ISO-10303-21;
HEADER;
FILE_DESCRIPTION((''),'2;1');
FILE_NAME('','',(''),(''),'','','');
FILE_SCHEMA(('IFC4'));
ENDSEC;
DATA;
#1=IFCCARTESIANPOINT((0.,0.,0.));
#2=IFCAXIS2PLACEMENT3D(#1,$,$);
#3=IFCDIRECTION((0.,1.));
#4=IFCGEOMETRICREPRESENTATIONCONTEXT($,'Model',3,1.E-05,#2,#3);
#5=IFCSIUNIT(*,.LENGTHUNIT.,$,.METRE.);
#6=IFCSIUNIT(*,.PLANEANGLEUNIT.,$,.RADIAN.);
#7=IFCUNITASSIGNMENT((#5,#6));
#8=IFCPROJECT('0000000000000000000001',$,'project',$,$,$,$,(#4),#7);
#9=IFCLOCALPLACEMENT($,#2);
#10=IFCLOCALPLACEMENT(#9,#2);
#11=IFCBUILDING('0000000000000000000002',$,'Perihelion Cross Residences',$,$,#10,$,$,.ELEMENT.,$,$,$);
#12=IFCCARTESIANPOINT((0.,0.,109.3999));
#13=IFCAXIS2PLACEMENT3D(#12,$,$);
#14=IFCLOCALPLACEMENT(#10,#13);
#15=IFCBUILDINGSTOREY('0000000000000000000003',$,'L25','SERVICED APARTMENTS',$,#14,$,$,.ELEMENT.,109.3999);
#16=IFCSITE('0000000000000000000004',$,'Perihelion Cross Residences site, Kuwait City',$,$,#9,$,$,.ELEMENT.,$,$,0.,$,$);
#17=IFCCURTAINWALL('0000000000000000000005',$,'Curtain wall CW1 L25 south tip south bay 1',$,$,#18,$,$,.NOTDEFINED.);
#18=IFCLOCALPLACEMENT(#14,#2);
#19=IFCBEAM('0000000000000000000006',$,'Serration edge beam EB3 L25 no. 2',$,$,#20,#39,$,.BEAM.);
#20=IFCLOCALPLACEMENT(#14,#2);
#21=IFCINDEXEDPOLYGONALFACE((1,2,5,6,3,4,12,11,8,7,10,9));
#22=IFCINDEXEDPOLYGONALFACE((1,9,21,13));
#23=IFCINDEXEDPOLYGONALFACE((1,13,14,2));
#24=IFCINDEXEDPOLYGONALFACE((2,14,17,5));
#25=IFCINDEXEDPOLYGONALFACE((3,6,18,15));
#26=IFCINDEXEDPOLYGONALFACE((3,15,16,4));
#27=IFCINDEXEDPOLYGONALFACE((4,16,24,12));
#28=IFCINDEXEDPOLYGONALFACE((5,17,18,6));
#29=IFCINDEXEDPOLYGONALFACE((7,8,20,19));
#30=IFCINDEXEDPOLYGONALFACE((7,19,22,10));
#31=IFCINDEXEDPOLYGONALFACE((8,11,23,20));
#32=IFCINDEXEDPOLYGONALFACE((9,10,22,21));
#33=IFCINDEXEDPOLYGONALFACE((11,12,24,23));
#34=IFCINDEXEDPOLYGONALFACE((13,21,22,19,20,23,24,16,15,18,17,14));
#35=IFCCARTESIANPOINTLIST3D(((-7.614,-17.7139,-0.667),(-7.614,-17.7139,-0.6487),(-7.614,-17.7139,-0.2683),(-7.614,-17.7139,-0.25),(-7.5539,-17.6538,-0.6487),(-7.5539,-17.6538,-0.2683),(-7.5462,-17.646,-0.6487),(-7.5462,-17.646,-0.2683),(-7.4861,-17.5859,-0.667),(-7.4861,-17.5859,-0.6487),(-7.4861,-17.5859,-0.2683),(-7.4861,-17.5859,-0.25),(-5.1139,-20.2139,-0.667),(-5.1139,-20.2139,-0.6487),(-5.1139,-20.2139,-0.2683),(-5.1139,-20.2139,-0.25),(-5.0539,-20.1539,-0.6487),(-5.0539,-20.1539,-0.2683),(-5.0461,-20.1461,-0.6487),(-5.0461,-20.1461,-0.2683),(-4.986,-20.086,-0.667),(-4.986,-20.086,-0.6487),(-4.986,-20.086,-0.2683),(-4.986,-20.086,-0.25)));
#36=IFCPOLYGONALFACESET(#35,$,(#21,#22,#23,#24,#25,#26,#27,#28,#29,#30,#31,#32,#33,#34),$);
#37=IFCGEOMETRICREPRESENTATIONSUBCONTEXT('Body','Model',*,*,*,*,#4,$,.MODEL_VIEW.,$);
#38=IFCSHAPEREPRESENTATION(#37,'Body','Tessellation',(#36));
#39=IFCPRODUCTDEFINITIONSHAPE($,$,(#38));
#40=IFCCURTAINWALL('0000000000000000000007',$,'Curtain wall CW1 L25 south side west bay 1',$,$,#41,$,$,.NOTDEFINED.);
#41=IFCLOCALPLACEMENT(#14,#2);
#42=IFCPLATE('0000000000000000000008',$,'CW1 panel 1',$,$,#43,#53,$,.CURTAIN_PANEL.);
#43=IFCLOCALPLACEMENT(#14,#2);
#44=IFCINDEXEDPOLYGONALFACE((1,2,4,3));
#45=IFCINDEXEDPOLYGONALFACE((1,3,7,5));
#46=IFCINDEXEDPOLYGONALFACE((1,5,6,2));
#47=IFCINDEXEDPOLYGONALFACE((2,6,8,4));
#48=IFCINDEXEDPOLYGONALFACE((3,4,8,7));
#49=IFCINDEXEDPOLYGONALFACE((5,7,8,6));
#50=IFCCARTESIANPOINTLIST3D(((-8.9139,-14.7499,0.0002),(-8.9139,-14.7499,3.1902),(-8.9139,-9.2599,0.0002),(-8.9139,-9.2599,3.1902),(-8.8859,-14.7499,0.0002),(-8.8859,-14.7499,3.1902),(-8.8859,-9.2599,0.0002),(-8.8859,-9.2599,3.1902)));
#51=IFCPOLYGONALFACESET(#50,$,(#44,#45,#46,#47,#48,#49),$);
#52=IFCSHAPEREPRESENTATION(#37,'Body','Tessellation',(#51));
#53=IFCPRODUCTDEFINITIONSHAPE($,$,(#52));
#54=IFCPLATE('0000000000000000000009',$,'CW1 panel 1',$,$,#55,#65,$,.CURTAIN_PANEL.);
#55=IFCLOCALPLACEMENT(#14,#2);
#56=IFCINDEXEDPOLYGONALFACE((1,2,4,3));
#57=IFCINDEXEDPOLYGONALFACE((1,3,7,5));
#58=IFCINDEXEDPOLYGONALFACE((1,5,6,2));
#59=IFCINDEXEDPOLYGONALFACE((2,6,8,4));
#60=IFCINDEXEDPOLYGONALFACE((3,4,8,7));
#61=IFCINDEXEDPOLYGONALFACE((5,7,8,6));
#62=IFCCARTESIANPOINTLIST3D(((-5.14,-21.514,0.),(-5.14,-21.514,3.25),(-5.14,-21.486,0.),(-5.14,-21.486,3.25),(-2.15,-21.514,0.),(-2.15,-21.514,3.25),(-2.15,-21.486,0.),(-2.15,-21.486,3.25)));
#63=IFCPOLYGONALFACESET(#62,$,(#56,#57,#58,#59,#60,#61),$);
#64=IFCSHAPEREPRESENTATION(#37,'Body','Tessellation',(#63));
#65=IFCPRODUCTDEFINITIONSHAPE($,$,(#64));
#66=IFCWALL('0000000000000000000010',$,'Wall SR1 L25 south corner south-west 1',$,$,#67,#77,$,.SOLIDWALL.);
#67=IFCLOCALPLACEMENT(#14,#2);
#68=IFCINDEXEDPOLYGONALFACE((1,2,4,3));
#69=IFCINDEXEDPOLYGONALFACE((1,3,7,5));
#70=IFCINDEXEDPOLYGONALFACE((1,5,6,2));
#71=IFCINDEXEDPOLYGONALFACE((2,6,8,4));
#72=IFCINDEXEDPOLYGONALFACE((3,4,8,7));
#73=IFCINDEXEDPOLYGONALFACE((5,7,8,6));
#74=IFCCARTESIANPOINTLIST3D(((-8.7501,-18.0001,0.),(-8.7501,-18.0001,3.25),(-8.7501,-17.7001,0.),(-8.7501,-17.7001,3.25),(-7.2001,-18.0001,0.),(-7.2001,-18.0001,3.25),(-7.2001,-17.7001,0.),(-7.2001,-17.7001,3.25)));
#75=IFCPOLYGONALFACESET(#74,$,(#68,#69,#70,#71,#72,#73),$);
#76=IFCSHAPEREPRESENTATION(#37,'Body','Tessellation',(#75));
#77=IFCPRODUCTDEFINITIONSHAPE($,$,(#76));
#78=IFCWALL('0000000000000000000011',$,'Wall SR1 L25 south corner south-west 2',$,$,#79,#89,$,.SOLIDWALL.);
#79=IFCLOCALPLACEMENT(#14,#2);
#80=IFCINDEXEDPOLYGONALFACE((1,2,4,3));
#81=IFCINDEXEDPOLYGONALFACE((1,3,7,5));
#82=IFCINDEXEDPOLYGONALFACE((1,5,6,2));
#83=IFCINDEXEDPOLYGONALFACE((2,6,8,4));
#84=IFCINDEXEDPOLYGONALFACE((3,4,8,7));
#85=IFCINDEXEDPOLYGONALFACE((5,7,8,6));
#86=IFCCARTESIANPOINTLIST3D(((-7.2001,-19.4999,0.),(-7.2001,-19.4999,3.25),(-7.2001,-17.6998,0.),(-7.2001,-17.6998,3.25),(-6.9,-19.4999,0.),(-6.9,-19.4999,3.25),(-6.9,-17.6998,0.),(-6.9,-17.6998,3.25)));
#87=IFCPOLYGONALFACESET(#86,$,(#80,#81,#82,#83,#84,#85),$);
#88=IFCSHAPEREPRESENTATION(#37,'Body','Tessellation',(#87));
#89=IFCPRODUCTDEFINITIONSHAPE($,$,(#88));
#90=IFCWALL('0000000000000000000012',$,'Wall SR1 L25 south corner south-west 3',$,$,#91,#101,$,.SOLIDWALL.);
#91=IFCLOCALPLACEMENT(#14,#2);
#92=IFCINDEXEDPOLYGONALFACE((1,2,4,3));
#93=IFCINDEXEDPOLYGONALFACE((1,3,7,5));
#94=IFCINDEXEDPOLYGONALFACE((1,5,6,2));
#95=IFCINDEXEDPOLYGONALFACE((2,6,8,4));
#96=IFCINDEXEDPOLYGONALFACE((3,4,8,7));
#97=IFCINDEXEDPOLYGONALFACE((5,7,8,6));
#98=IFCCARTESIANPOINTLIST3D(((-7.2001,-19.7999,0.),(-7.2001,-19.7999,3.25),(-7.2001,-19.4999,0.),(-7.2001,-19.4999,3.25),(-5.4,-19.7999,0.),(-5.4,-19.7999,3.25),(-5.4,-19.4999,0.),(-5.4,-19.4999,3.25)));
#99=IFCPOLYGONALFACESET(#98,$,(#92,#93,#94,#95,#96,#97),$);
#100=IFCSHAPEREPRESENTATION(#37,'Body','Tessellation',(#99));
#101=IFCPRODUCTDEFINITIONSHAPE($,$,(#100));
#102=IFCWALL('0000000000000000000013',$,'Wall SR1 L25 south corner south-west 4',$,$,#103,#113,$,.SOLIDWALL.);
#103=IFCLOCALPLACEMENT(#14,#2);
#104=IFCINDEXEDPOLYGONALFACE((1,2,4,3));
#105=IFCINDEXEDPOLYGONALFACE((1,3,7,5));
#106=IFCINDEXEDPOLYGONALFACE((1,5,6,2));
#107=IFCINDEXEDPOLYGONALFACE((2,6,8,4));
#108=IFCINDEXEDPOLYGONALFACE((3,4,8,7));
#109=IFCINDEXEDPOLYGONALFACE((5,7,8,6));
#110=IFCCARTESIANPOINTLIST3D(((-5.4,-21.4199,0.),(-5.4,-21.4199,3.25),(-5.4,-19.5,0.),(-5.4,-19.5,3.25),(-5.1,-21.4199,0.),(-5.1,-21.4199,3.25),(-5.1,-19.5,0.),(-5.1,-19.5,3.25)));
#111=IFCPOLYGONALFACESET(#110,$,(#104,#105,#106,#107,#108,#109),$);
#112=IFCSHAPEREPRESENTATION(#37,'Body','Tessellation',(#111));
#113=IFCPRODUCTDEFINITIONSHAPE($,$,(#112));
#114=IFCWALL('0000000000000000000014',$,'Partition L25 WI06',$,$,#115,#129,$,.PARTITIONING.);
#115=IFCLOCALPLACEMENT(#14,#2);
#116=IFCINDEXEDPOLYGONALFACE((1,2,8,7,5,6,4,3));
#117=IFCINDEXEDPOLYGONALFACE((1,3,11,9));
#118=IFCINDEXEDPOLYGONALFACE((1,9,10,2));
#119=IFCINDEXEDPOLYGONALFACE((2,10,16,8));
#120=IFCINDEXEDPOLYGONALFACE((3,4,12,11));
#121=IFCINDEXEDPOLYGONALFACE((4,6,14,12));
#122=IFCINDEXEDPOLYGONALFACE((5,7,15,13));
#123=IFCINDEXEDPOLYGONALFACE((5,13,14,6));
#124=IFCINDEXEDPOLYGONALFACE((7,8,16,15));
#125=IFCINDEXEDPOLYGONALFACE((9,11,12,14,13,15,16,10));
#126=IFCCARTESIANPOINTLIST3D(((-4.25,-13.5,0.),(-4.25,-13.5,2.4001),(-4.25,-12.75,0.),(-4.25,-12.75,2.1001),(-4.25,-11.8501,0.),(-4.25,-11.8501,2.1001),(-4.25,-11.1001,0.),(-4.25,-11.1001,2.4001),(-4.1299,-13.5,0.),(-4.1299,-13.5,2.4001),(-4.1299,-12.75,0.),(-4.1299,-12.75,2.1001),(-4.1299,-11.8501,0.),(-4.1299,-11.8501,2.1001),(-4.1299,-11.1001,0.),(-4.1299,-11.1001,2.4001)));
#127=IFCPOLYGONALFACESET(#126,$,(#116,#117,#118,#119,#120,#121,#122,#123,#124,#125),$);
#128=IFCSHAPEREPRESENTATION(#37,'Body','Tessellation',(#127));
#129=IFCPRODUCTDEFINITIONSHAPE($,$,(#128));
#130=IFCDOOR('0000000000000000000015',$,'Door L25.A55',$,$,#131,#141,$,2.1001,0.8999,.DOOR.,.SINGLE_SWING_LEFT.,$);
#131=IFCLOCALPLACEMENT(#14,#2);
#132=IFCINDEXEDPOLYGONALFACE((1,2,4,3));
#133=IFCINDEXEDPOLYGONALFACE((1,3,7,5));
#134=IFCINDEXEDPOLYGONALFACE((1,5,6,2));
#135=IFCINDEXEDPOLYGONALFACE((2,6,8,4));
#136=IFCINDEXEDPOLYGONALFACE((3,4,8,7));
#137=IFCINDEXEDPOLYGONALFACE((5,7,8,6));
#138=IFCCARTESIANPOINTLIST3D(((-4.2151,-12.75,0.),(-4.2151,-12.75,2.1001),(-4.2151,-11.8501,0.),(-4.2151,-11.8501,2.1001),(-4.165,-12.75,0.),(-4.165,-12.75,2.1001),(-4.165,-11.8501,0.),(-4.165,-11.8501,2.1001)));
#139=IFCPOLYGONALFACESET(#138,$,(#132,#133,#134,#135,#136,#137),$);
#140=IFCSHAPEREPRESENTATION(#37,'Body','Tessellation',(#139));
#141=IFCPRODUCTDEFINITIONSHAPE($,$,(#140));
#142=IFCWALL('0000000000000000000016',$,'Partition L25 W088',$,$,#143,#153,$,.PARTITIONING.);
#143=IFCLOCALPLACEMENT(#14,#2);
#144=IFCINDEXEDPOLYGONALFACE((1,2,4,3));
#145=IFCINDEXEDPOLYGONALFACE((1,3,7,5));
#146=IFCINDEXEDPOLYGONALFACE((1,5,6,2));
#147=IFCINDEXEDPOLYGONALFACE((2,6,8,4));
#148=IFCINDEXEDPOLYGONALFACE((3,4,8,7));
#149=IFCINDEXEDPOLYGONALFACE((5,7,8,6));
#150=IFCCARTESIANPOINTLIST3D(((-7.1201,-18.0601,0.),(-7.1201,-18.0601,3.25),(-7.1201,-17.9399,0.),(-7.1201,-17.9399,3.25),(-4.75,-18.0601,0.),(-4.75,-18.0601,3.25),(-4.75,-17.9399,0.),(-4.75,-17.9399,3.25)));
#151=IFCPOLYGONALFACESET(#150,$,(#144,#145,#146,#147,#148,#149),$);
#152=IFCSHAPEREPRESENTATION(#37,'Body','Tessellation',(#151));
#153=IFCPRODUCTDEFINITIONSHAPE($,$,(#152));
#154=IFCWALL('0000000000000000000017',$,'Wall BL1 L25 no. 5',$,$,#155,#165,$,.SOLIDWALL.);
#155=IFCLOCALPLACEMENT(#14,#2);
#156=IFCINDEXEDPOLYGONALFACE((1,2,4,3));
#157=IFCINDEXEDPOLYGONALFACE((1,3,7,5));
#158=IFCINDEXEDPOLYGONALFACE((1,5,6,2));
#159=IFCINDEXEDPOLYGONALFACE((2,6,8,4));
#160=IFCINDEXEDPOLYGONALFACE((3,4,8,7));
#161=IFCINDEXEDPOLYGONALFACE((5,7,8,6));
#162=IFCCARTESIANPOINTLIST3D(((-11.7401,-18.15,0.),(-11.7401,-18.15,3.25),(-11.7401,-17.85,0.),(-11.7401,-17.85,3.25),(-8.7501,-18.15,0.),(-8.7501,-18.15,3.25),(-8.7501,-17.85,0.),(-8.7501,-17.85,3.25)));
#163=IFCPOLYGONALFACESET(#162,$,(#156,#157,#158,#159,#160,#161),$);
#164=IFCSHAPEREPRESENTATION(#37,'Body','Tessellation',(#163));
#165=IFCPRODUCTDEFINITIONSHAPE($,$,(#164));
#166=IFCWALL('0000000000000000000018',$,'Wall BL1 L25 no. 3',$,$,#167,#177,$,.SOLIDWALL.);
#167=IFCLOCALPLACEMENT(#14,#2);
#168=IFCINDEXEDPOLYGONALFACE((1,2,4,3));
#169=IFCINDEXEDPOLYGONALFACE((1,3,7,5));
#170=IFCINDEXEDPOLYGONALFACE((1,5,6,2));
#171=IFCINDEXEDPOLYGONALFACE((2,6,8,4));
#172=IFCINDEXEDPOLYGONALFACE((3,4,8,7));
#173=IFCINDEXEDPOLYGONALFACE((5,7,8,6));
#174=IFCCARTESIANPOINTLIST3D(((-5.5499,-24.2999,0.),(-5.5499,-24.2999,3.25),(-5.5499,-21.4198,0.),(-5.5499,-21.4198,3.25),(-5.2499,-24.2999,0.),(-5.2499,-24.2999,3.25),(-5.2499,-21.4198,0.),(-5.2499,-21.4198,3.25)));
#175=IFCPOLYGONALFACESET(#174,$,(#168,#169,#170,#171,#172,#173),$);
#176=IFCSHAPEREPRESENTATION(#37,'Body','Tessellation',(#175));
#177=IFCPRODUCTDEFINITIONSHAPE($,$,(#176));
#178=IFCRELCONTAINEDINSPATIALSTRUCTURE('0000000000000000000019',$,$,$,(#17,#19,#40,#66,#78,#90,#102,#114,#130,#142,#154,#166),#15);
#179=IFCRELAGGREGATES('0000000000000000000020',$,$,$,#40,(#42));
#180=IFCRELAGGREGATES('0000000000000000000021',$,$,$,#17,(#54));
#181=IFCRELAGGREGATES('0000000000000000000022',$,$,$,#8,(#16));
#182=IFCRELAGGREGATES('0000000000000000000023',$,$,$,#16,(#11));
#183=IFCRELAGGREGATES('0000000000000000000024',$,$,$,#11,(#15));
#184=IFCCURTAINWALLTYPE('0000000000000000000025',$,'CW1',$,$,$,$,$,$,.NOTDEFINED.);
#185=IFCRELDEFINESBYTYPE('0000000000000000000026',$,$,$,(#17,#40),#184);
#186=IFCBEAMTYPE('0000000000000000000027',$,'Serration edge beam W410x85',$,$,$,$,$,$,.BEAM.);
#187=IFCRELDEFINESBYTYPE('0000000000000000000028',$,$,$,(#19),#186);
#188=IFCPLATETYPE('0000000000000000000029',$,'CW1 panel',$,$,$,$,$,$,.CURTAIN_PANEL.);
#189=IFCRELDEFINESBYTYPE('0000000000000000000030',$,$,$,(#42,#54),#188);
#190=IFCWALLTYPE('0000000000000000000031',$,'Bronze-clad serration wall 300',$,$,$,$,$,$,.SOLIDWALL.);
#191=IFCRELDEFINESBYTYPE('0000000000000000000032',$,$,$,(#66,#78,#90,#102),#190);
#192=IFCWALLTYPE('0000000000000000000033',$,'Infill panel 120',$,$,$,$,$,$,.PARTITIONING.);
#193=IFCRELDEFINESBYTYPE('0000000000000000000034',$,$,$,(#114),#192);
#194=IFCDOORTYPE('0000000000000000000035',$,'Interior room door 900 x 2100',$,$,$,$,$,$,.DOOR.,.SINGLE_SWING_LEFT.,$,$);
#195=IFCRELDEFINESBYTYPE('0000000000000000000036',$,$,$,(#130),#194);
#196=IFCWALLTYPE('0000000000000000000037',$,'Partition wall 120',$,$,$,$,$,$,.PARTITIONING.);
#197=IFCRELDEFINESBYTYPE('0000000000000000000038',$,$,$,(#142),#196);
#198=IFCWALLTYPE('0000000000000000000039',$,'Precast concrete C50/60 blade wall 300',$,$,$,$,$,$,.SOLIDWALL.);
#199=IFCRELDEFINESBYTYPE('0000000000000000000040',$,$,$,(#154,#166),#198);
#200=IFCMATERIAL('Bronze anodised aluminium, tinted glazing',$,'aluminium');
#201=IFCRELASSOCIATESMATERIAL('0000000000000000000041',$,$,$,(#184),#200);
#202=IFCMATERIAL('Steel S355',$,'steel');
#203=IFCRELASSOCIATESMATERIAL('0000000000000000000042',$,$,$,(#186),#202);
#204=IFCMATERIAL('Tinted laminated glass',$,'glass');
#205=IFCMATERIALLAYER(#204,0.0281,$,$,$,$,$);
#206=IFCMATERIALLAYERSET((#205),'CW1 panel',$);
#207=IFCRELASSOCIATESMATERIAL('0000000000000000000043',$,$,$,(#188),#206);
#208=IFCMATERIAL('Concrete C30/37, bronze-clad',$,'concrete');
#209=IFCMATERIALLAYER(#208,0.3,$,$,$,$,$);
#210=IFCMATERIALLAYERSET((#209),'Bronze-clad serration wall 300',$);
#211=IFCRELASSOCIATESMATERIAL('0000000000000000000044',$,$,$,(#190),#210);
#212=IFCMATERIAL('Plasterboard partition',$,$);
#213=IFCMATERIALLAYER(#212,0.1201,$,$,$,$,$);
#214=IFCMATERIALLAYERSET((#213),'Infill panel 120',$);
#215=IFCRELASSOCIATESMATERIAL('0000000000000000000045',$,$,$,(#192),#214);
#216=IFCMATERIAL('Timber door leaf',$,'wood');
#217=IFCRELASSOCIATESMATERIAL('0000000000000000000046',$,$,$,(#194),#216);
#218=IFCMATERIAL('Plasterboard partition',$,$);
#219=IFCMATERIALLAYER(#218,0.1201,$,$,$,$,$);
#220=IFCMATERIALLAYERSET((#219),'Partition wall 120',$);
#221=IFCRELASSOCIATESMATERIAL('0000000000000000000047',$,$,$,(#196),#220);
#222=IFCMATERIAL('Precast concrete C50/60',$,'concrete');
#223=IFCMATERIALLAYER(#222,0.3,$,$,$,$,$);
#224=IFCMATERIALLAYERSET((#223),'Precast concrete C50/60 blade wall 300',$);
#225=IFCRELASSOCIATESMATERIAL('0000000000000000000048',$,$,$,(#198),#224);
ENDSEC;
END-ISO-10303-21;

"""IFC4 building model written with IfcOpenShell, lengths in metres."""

from ifc_helpers import new_model, si_unit, direction, frame, frame_2d, origin, origin_2d, place, context, subcontext, project, spatial, rectangle, i_section, extrude, material, layer, layer_set, material_profile, profile_set, type_object, element, fill, aggregate, save


model = new_model("IFC4")

# Units and contexts
model_context = context("Model", 3, precision=1e-05, world=origin(), true_north=direction((0.0, 1.0)))
body_context = subcontext(model_context, "Body", "Model", "MODEL_VIEW")
ifc_project = project(units=[si_unit("LENGTHUNIT", "METRE"), si_unit("PLANEANGLEUNIT", "RADIAN")], contexts=[model_context])

# Site, building, storey
site_placement = place(None, origin())
site = spatial("IfcSite", under=ifc_project, at=site_placement, Name="Perihelion Cross Residences site, Kuwait City", CompositionType="ELEMENT", RefElevation=0.0)
building_placement = place(site_placement, origin())
building = spatial("IfcBuilding", under=site, at=building_placement, Name="Perihelion Cross Residences", CompositionType="ELEMENT")
storey_placement = place(building_placement, frame((0.0, 0.0, 109.3999)))
storey = spatial("IfcBuildingStorey", under=building, at=storey_placement, Name="L25", Description="SERVICED APARTMENTS", CompositionType="ELEMENT", Elevation=109.3999)

# Curtain wall
ifc_material_1 = material(Name="Bronze anodised aluminium, tinted glazing", Category="aluminium")
curtain_wall_type_1 = type_object("IfcCurtainWallType", Name="CW1", PredefinedType="NOTDEFINED", material=ifc_material_1)
curtain_wall_1_placement = place(storey_placement, origin())
curtain_wall_1 = element("IfcCurtainWall", 1, at=curtain_wall_1_placement, inside=storey, type_object=curtain_wall_type_1, Name="Curtain wall CW1 L25 south tip south bay 1", PredefinedType="NOTDEFINED")

# Beam
ifc_material_2 = material(Name="Steel S355", Category="steel")
ifc_material_profile_1 = material_profile(ifc_material_2, i_section(OverallWidth=0.1809, OverallDepth=0.417, WebThickness=0.011, FlangeThickness=0.0183, at=origin_2d()), Name="W410x85")
ifc_profile_set_1 = profile_set([ifc_material_profile_1], Name="Steel S355")
beam_type_1 = type_object("IfcBeamType", Name="Serration edge beam W410x85", PredefinedType="BEAM", material=ifc_profile_set_1)
beam_1_placement = place(storey_placement, frame((-7.55, -17.6499, -0.4585), z_axis=(0.707107, -0.707107, 0.0), x_axis=(0.707107, 0.707107, 0.0)))
element("IfcBeam", 2, at=beam_1_placement, inside=storey, type_object=beam_type_1, Name="Serration edge beam EB3 L25 no. 2", PredefinedType="BEAM", context=body_context, shape_type="SweptSolid", body=[
    extrude(i_section(OverallWidth=0.1809, OverallDepth=0.417, WebThickness=0.011, FlangeThickness=0.0183, at=origin_2d()), origin(), (0.0, 0.0, 1.0), 3.5356),
])

# Curtain wall, plate
curtain_wall_2_placement = place(storey_placement, origin())
curtain_wall_2 = element("IfcCurtainWall", 3, at=curtain_wall_2_placement, inside=storey, type_object=curtain_wall_type_1, Name="Curtain wall CW1 L25 south side west bay 1", PredefinedType="NOTDEFINED")
ifc_material_3 = material(Name="Tinted laminated glass", Category="glass")
ifc_layer_1 = layer(ifc_material_3, 0.0281)
ifc_layer_set_1 = layer_set([ifc_layer_1], Name="CW1 panel")
plate_type = type_object("IfcPlateType", Name="CW1 panel", PredefinedType="CURTAIN_PANEL", material=ifc_layer_set_1)
plate_1_placement = place(storey_placement, frame((-8.8999, -12.0049, 0.0002), z_axis=(0.0, 0.0, 1.0), x_axis=(0.0, -1.0, 0.0)))
plate_1 = element("IfcPlate", 4, at=plate_1_placement, type_object=plate_type, Name="CW1 panel 1", PredefinedType="CURTAIN_PANEL", context=body_context, shape_type="SweptSolid", body=[
    extrude(rectangle(XDim=5.49, YDim=0.0281, at=origin_2d()), origin(), (0.0, 0.0, 1.0), 3.1899),
])
aggregate(curtain_wall_2, [plate_1])

# Plate
plate_2_placement = place(storey_placement, frame((-3.645, -21.5, 0.0), z_axis=(0.0, 0.0, 1.0), x_axis=(1.0, 0.0, 0.0)))
plate_2 = element("IfcPlate", 5, at=plate_2_placement, type_object=plate_type, Name="CW1 panel 1", PredefinedType="CURTAIN_PANEL", context=body_context, shape_type="SweptSolid", body=[
    extrude(rectangle(XDim=2.99, YDim=0.0281, at=origin_2d()), origin(), (0.0, 0.0, 1.0), 3.25),
])
aggregate(curtain_wall_1, [plate_2])

# Walls
ifc_material_4 = material(Name="Concrete C30/37, bronze-clad", Category="concrete")
ifc_layer_2 = layer(ifc_material_4, 0.3)
ifc_layer_set_2 = layer_set([ifc_layer_2], Name="Bronze-clad serration wall 300")
wall_type_1 = type_object("IfcWallType", Name="Bronze-clad serration wall 300", PredefinedType="SOLIDWALL", material=ifc_layer_set_2)
wall_1_placement = place(storey_placement, frame((-8.75, -17.8501, 0.0), z_axis=(0.0, 0.0, 1.0), x_axis=(1.0, 0.0, 0.0)))
element("IfcWall", 6, at=wall_1_placement, inside=storey, type_object=wall_type_1, Name="Wall SR1 L25 south corner south-west 1", PredefinedType="SOLIDWALL", context=body_context, shape_type="SweptSolid", body=[
    extrude(rectangle(XDim=1.55, YDim=0.3, at=frame_2d((0.7749, 0.0))), origin(), (0.0, 0.0, 1.0), 3.25),
])
for number, where, z_axis, x_axis, name in (
    (7, (-7.05, -17.7, 0.0), (0.0, 0.0, 1.0), (0.0, -1.0, 0.0), "Wall SR1 L25 south corner south-west 2"),
    (8, (-7.2, -19.6499, 0.0), (0.0, 0.0, 1.0), (1.0, 0.0, 0.0), "Wall SR1 L25 south corner south-west 3"),
):
    element("IfcWall", number, at=place(storey_placement, frame(where, z_axis=z_axis, x_axis=x_axis)), inside=storey, type_object=wall_type_1, Name=name, PredefinedType="SOLIDWALL", context=body_context, shape_type="SweptSolid", body=[
        extrude(rectangle(XDim=1.8, YDim=0.3, at=frame_2d((0.8999, 0.0))), origin(), (0.0, 0.0, 1.0), 3.25),
    ])
wall_2_placement = place(storey_placement, frame((-5.25, -19.5, 0.0), z_axis=(0.0, 0.0, 1.0), x_axis=(0.0, -1.0, 0.0)))
element("IfcWall", 9, at=wall_2_placement, inside=storey, type_object=wall_type_1, Name="Wall SR1 L25 south corner south-west 4", PredefinedType="SOLIDWALL", context=body_context, shape_type="SweptSolid", body=[
    extrude(rectangle(XDim=1.9199, YDim=0.3, at=frame_2d((0.96, 0.0))), origin(), (0.0, 0.0, 1.0), 3.25),
])

# Wall, opening, door
ifc_material_5 = material(Name="Plasterboard partition")
ifc_layer_3 = layer(ifc_material_5, 0.1201)
ifc_layer_set_3 = layer_set([ifc_layer_3], Name="Infill panel 120")
wall_type_2 = type_object("IfcWallType", Name="Infill panel 120", PredefinedType="PARTITIONING", material=ifc_layer_set_3)
wall_3_placement = place(storey_placement, frame((-4.1899, -11.1001, 0.0), z_axis=(0.0, 0.0, 1.0), x_axis=(0.0, -1.0, 0.0)))
wall_3 = element("IfcWall", 10, at=wall_3_placement, inside=storey, type_object=wall_type_2, Name="Partition L25 WI06", PredefinedType="PARTITIONING", context=body_context, shape_type="SweptSolid", body=[
    extrude(rectangle(XDim=2.3999, YDim=0.1201, at=frame_2d((1.2, 0.0))), origin(), (0.0, 0.0, 1.0), 2.4001),
])
opening_1_placement = place(wall_3_placement, frame((0.75, 0.0, 0.0)))
opening_1 = element("IfcOpeningElement", 11, at=opening_1_placement, cuts=wall_3, PredefinedType="OPENING", context=body_context, shape_type="SweptSolid", body=[
    extrude(rectangle(XDim=0.8999, YDim=2.1001, at=frame_2d((0.45, 1.05))), frame((0.0, 0.0701, 0.0), z_axis=(0.0, -1.0, 0.0), x_axis=(1.0, 0.0, 0.0)), (0.0, 0.0, 1.0), 0.1401),
])
ifc_material_6 = material(Name="Timber door leaf", Category="wood")
door_type_1 = type_object("IfcDoorType", Name="Interior room door 900 x 2100", OperationType="SINGLE_SWING_LEFT", PredefinedType="DOOR", material=ifc_material_6)
door_1_placement = place(opening_1_placement, origin())
door_1 = element("IfcDoor", 12, at=door_1_placement, inside=storey, type_object=door_type_1, Name="Door L25.A55", OperationType="SINGLE_SWING_LEFT", OverallHeight=2.1001, OverallWidth=0.8999, PredefinedType="DOOR", context=body_context, shape_type="SweptSolid", body=[
    extrude(rectangle(XDim=0.8999, YDim=2.1001, at=frame_2d((0.45, 1.05))), frame((0.0, 0.0249, 0.0), z_axis=(0.0, -1.0, 0.0), x_axis=(1.0, 0.0, 0.0)), (0.0, 0.0, 1.0), 0.05),
])
fill(opening_1, door_1)

# Walls
ifc_material_7 = material(Name="Plasterboard partition")
ifc_layer_4 = layer(ifc_material_7, 0.1201)
ifc_layer_set_4 = layer_set([ifc_layer_4], Name="Partition wall 120")
wall_type_3 = type_object("IfcWallType", Name="Partition wall 120", PredefinedType="PARTITIONING", material=ifc_layer_set_4)
wall_4_placement = place(storey_placement, frame((-4.75, -18.0, 0.0), z_axis=(0.0, 0.0, 1.0), x_axis=(-1.0, 0.0, 0.0)))
element("IfcWall", 13, at=wall_4_placement, inside=storey, type_object=wall_type_3, Name="Partition L25 W088", PredefinedType="PARTITIONING", context=body_context, shape_type="SweptSolid", body=[
    extrude(rectangle(XDim=2.3701, YDim=0.1201, at=frame_2d((1.1851, 0.0))), origin(), (0.0, 0.0, 1.0), 3.25),
])
ifc_material_8 = material(Name="Precast concrete C50/60", Category="concrete")
ifc_layer_5 = layer(ifc_material_8, 0.3)
ifc_layer_set_5 = layer_set([ifc_layer_5], Name="Precast concrete C50/60 blade wall 300")
wall_type_4 = type_object("IfcWallType", Name="Precast concrete C50/60 blade wall 300", PredefinedType="SOLIDWALL", material=ifc_layer_set_5)
wall_5_placement = place(storey_placement, frame((-8.75, -18.0, 0.0), z_axis=(0.0, 0.0, 1.0), x_axis=(-1.0, 0.0, 0.0)))
element("IfcWall", 14, at=wall_5_placement, inside=storey, type_object=wall_type_4, Name="Wall BL1 L25 no. 5", PredefinedType="SOLIDWALL", context=body_context, shape_type="SweptSolid", body=[
    extrude(rectangle(XDim=2.99, YDim=0.3, at=frame_2d((1.4951, 0.0))), origin(), (0.0, 0.0, 1.0), 3.25),
])
wall_6_placement = place(storey_placement, frame((-5.3999, -21.4199, 0.0), z_axis=(0.0, 0.0, 1.0), x_axis=(0.0, -1.0, 0.0)))
element("IfcWall", 15, at=wall_6_placement, inside=storey, type_object=wall_type_4, Name="Wall BL1 L25 no. 3", PredefinedType="SOLIDWALL", context=body_context, shape_type="SweptSolid", body=[
    extrude(rectangle(XDim=2.8801, YDim=0.3, at=frame_2d((1.4399, 0.0))), origin(), (0.0, 0.0, 1.0), 3.25),
])

save(model, "model.ifc")
